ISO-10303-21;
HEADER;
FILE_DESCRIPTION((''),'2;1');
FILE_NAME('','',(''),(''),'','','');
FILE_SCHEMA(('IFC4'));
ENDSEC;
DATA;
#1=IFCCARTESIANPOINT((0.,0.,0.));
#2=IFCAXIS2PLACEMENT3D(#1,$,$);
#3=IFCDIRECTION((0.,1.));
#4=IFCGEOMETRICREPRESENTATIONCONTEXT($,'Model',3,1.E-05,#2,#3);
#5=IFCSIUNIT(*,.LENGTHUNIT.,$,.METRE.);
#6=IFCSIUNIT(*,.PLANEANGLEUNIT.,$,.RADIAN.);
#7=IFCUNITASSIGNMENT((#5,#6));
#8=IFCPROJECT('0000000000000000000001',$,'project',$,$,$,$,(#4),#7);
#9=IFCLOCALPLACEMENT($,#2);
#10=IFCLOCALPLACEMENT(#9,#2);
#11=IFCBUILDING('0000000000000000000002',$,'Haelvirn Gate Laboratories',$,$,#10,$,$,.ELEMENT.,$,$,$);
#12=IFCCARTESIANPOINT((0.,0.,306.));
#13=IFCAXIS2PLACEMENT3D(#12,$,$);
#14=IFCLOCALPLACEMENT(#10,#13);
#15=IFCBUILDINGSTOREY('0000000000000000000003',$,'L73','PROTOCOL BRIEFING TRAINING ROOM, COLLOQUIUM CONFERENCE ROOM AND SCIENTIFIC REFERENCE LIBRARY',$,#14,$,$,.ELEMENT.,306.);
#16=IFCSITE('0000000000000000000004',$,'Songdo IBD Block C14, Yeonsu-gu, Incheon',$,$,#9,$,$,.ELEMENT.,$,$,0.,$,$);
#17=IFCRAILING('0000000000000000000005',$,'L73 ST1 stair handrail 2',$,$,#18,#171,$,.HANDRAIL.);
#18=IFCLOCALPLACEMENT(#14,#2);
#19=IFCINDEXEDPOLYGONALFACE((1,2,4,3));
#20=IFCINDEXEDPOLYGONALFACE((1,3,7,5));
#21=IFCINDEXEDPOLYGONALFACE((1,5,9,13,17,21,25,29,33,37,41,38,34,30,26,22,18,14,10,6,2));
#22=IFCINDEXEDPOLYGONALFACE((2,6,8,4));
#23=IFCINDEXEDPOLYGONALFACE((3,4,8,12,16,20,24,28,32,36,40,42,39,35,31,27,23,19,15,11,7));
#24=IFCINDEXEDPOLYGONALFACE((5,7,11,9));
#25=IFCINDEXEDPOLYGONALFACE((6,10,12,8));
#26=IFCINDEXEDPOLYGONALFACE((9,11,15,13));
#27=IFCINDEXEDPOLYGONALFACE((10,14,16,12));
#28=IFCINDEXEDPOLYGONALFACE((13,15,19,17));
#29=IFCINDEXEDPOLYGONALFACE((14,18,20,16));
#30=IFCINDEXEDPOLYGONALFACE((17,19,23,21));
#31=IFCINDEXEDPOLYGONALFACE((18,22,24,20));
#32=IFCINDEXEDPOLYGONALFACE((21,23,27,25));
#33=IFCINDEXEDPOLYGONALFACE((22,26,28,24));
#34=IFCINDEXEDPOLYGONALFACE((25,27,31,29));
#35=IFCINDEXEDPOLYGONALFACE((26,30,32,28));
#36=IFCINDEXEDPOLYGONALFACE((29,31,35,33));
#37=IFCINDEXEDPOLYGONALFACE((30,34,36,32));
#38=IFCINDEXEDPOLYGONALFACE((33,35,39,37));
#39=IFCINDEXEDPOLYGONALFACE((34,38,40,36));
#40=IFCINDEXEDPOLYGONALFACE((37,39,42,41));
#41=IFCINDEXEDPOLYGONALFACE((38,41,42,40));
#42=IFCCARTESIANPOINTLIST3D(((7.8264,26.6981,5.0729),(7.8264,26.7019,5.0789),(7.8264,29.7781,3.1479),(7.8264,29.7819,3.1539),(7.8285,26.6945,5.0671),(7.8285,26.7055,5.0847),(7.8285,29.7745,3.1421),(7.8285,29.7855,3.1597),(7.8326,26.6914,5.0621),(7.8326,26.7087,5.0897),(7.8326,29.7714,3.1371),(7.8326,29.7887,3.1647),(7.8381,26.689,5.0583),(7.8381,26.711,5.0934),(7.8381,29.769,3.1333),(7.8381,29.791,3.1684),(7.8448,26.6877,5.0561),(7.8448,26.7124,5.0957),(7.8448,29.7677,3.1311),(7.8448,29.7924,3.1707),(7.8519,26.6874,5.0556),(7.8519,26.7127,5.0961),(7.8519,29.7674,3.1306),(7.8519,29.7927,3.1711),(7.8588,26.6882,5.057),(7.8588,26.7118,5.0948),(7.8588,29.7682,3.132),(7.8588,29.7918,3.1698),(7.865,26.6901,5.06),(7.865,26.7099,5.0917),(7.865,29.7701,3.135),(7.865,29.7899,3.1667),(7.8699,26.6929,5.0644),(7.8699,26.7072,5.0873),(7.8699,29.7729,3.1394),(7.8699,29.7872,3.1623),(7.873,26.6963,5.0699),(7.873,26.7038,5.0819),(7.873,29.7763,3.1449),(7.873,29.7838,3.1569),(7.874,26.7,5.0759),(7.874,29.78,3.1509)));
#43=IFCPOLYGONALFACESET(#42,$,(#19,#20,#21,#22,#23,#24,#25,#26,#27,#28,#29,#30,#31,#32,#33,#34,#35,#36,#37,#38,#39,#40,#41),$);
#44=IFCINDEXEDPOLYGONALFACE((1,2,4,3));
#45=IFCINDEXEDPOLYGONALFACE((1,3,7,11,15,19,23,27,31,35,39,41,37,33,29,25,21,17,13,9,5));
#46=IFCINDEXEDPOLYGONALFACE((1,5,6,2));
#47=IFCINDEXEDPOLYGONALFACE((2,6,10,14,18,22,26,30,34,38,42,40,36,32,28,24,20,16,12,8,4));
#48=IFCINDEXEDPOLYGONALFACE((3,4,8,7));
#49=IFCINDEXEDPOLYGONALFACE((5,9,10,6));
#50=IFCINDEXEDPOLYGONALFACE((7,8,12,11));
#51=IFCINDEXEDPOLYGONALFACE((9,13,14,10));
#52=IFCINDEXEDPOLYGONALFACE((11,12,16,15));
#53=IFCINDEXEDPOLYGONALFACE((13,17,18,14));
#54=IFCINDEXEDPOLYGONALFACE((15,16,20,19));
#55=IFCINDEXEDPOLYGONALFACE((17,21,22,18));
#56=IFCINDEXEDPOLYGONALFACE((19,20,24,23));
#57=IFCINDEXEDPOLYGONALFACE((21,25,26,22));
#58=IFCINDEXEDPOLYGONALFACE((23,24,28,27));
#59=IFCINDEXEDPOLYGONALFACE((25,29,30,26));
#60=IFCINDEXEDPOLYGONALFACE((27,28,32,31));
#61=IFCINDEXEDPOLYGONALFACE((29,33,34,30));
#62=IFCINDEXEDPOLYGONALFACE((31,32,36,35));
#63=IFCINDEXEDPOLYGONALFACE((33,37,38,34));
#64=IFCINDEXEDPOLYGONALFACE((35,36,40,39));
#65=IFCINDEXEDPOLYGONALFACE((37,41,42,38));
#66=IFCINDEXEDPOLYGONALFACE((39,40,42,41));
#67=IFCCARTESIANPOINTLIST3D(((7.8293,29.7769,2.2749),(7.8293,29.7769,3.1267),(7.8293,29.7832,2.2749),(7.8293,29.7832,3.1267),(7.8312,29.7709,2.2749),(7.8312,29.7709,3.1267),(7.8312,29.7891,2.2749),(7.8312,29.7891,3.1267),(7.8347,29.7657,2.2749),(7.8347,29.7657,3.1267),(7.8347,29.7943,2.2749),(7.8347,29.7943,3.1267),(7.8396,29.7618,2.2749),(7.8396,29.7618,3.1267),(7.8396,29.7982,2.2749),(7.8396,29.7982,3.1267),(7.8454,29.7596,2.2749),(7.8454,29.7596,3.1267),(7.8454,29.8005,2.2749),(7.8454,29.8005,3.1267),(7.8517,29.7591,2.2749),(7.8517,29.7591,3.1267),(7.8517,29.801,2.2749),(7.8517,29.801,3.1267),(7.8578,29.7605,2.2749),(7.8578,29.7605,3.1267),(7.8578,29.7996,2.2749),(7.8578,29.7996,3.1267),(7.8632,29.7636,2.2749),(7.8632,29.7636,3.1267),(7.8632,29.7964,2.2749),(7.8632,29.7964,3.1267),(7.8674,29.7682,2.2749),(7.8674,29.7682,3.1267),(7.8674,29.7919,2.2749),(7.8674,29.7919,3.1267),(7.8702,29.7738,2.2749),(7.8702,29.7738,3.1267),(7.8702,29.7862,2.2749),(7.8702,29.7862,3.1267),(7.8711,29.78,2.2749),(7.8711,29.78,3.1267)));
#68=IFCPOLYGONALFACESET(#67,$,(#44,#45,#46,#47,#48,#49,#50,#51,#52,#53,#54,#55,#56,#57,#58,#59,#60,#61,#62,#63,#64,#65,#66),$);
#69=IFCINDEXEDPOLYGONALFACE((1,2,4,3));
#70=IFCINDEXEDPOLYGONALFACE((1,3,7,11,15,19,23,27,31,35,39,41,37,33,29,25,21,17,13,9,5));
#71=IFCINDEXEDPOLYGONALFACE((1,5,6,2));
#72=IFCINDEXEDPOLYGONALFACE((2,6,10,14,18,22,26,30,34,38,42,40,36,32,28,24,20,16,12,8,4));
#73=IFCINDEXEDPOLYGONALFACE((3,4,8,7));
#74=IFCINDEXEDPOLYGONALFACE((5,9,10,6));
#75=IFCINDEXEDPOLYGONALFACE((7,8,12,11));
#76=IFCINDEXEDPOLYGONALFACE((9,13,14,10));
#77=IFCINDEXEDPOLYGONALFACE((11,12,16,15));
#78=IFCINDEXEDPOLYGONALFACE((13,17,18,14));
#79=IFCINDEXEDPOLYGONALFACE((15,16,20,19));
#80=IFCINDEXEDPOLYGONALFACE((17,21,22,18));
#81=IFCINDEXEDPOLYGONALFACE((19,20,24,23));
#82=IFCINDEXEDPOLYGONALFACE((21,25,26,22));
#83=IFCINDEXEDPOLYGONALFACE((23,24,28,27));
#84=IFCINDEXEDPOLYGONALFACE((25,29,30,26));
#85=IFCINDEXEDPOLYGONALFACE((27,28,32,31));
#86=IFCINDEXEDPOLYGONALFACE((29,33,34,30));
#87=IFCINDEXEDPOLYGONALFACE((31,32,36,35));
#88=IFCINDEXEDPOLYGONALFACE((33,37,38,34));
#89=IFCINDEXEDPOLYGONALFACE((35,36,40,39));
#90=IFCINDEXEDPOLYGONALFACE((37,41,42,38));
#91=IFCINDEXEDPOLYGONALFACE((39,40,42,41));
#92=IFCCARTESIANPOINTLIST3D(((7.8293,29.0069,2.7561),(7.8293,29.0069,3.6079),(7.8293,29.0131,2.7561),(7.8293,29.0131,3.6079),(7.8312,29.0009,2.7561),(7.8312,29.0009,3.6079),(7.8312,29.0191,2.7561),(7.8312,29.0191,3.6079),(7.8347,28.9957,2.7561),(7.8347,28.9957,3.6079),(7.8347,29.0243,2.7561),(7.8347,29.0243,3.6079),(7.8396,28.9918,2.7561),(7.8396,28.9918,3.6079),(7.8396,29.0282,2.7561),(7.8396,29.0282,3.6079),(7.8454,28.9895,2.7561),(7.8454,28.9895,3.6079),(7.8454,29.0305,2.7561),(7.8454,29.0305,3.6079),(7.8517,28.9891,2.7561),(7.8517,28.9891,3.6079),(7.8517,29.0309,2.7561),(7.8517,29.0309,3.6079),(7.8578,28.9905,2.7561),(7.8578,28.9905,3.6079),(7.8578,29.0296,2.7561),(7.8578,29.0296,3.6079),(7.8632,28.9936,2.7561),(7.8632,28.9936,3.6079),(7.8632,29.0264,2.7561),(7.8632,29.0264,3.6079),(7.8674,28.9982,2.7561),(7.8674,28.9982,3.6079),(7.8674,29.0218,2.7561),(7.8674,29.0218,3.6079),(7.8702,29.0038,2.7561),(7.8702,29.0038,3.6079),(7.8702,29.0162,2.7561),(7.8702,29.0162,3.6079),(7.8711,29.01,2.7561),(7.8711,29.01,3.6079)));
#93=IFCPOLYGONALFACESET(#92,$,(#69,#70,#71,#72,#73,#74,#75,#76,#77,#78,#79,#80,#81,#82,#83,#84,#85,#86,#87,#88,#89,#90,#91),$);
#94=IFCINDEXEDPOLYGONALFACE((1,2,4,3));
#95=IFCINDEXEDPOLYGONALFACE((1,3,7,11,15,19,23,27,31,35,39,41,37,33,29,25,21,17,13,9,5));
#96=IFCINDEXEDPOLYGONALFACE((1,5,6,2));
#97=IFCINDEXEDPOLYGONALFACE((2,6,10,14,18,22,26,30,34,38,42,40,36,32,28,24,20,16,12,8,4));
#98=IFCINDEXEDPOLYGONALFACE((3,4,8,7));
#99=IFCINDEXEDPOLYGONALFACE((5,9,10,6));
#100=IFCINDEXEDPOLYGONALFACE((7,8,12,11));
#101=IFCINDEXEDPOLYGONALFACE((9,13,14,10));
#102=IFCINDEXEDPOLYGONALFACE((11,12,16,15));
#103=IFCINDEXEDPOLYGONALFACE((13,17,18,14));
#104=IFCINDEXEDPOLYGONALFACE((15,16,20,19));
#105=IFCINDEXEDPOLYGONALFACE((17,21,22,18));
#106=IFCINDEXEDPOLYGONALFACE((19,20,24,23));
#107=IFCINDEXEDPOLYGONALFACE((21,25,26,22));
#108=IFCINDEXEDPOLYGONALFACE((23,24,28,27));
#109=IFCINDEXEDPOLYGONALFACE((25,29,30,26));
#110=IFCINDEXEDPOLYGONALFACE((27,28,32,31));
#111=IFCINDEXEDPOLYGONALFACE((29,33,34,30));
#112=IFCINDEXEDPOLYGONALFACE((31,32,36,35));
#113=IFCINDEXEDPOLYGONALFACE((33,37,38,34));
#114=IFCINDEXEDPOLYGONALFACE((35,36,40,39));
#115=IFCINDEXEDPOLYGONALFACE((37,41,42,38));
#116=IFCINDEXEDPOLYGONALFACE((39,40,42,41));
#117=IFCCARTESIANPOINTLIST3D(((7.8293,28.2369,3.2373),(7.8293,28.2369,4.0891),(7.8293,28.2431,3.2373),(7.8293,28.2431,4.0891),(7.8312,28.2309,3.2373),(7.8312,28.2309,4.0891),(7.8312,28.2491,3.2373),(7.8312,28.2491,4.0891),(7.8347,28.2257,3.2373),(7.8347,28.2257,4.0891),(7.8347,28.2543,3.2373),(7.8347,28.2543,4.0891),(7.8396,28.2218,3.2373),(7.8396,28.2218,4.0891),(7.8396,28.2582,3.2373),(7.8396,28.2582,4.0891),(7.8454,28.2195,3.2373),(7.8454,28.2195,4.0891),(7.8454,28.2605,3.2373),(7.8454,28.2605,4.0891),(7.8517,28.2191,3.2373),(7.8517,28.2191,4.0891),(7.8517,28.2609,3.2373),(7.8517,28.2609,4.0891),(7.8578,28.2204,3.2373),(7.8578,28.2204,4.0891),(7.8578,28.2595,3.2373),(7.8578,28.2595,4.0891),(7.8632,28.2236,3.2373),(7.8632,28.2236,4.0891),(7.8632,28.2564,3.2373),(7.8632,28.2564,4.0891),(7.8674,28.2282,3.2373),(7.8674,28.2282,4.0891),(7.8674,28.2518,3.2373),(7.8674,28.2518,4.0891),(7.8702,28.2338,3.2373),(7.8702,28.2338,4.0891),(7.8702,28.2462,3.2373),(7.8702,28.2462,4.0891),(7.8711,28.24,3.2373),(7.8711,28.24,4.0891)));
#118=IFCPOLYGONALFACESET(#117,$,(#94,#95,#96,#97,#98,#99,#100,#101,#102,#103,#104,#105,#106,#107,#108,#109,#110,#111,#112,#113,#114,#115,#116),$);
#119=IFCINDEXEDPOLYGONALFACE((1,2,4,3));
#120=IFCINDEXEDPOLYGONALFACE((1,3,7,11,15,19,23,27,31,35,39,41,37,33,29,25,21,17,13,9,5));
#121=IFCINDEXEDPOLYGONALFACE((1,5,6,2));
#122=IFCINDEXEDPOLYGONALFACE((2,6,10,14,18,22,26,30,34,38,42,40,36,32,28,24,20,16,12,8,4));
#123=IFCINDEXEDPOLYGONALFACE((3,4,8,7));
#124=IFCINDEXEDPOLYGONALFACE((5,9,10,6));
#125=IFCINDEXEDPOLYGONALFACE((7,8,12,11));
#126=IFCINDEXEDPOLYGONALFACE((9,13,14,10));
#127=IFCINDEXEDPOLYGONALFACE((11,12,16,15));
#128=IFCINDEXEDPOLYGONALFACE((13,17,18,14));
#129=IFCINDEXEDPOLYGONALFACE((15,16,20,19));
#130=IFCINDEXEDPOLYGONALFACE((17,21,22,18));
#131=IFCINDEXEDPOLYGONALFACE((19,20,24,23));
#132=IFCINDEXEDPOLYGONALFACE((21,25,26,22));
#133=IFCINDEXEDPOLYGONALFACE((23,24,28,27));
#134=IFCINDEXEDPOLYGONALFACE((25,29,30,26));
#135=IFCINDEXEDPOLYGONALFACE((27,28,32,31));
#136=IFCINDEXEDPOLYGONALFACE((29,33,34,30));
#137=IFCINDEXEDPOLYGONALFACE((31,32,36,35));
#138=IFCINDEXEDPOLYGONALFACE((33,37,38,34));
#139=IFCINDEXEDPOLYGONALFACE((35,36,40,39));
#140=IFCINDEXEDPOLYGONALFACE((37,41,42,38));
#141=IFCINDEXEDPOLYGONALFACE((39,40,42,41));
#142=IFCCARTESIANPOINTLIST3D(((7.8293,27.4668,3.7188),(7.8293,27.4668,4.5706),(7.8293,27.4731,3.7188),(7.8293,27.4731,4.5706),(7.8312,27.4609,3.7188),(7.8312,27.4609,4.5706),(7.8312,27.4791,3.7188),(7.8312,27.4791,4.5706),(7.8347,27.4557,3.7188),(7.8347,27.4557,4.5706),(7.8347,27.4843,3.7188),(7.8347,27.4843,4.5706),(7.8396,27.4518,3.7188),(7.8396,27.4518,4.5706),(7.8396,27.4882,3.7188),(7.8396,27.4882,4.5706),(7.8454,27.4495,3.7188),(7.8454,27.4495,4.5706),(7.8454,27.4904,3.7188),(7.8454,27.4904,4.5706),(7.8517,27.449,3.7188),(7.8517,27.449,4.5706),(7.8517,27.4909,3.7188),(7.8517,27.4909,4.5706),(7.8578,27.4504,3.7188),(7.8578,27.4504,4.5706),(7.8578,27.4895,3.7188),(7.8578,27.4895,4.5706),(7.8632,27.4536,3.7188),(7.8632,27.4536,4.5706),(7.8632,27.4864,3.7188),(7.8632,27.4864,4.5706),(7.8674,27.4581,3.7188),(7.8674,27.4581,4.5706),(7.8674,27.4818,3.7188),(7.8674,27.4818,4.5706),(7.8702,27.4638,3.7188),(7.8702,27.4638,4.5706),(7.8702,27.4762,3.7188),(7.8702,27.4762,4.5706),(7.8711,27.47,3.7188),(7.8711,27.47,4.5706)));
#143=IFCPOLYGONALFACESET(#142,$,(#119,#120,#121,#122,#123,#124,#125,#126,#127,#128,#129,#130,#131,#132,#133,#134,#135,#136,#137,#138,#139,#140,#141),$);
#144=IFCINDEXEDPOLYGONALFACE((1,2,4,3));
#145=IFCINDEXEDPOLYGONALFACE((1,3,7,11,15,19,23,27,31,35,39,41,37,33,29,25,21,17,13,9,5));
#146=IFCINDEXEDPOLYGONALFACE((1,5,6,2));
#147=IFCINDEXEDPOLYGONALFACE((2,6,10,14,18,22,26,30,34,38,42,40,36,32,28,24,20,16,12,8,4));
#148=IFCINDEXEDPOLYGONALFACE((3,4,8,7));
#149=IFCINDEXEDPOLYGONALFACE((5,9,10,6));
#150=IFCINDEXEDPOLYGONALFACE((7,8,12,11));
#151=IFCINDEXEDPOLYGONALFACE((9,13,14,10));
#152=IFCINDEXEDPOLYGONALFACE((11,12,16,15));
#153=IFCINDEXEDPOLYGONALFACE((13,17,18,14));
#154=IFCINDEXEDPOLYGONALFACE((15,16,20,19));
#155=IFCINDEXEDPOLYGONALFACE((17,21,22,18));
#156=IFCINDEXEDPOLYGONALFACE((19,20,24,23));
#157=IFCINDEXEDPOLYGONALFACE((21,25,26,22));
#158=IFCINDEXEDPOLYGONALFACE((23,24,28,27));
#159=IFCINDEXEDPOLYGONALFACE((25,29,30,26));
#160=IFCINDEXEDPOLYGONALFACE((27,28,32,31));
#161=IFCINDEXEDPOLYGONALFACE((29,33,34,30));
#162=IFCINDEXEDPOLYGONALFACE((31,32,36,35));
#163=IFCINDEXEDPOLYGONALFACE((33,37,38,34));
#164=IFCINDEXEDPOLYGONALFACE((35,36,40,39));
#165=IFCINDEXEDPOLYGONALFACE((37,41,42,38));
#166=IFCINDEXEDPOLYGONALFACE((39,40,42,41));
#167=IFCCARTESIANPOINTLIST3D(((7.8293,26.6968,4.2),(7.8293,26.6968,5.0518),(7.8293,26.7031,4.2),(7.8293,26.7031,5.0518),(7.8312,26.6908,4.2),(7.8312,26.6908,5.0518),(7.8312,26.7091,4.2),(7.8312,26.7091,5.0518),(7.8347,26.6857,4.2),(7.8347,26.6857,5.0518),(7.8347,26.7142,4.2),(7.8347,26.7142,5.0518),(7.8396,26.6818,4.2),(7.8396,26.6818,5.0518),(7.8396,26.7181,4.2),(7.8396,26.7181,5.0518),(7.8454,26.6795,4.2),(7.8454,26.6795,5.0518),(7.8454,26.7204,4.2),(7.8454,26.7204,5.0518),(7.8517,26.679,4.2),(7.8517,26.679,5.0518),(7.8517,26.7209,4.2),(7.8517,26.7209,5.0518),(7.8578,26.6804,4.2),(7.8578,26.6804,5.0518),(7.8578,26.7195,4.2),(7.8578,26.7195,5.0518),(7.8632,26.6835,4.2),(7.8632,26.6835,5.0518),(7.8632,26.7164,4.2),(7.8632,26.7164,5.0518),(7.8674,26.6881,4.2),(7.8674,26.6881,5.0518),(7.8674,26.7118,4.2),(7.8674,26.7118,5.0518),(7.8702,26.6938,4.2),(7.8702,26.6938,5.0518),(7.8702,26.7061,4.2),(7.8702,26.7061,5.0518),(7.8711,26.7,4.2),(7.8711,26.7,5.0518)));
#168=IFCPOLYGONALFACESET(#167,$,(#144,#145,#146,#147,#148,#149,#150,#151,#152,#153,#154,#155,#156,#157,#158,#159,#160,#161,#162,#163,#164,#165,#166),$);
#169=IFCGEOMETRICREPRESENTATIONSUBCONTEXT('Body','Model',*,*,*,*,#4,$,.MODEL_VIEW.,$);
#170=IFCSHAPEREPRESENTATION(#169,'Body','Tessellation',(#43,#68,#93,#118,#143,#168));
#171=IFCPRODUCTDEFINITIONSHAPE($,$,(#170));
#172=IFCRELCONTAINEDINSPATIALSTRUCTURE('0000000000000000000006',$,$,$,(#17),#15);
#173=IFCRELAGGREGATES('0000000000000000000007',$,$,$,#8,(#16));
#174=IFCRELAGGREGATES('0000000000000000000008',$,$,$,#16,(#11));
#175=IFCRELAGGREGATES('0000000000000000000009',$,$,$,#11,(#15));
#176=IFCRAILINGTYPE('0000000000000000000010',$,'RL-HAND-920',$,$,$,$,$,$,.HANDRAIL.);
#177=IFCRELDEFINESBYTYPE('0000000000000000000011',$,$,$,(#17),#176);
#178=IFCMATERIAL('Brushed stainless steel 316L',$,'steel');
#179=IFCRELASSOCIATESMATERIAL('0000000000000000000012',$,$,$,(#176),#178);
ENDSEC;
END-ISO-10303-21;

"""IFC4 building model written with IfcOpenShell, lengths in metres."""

from ifc_helpers import new_model, si_unit, direction, frame, origin, origin_2d, place, context, subcontext, project, spatial, circle, extrude, source, transform, mapped, material, type_object, element, save


model = new_model("IFC4")

# Units and contexts
model_context = context("Model", 3, precision=1e-05, world=origin(), true_north=direction((0.0, 1.0)))
body_context = subcontext(model_context, "Body", "Model", "MODEL_VIEW")
ifc_project = project(units=[si_unit("LENGTHUNIT", "METRE"), si_unit("PLANEANGLEUNIT", "RADIAN")], contexts=[model_context])

# Site, building, storey
site_placement = place(None, origin())
site = spatial("IfcSite", under=ifc_project, at=site_placement, Name="Songdo IBD Block C14, Yeonsu-gu, Incheon", CompositionType="ELEMENT", RefElevation=0.0)
building_placement = place(site_placement, origin())
building = spatial("IfcBuilding", under=site, at=building_placement, Name="Haelvirn Gate Laboratories", CompositionType="ELEMENT")
storey_placement = place(building_placement, frame((0.0, 0.0, 306.0)))
storey = spatial("IfcBuildingStorey", under=building, at=storey_placement, Name="L73", Description="PROTOCOL BRIEFING TRAINING ROOM, COLLOQUIUM CONFERENCE ROOM AND SCIENTIFIC REFERENCE LIBRARY", CompositionType="ELEMENT", Elevation=306.0)

# Railing
ifc_material_1 = material(Name="Brushed stainless steel 316L", Category="steel")
railing_type_1 = type_object("IfcRailingType", Name="RL-HAND-920", PredefinedType="HANDRAIL", material=ifc_material_1)
shared_shape_1 = source(origin(), body_context, "Body", "SweptSolid", [
    extrude(circle(Radius=0.0239, at=origin_2d()), frame((0.0, 0.0, 0.876), z_axis=(0.0, -0.847998, 0.529999), x_axis=(1.0, 0.0, 0.0)), (0.0, 0.0, 1.0), 3.6321),
    extrude(circle(Radius=0.021, at=origin_2d()), origin(), (0.0, 0.0, 1.0), 0.8518),
    extrude(circle(Radius=0.021, at=origin_2d()), frame((0.0, -0.77, 0.4812)), (0.0, 0.0, 1.0), 0.8518),
    extrude(circle(Radius=0.021, at=origin_2d()), frame((0.0, -1.54, 0.9624)), (0.0, 0.0, 1.0), 0.8518),
    extrude(circle(Radius=0.021, at=origin_2d()), frame((0.0, -2.3101, 1.4438)), (0.0, 0.0, 1.0), 0.8518),
    extrude(circle(Radius=0.021, at=origin_2d()), frame((0.0, -3.0801, 1.925)), (0.0, 0.0, 1.0), 0.8518),
])
railing_1_placement = place(storey_placement, frame((7.8501, 29.78, 2.2749)))
element("IfcRailing", 1, at=railing_1_placement, inside=storey, type_object=railing_type_1, Name="L73 ST1 stair handrail 2", PredefinedType="HANDRAIL", context=body_context, shape_type="MappedRepresentation", body=[
    mapped(shared_shape_1, transform((0.0, 0.0, 0.0), scale=1.0)),
])

save(model, "model.ifc")
